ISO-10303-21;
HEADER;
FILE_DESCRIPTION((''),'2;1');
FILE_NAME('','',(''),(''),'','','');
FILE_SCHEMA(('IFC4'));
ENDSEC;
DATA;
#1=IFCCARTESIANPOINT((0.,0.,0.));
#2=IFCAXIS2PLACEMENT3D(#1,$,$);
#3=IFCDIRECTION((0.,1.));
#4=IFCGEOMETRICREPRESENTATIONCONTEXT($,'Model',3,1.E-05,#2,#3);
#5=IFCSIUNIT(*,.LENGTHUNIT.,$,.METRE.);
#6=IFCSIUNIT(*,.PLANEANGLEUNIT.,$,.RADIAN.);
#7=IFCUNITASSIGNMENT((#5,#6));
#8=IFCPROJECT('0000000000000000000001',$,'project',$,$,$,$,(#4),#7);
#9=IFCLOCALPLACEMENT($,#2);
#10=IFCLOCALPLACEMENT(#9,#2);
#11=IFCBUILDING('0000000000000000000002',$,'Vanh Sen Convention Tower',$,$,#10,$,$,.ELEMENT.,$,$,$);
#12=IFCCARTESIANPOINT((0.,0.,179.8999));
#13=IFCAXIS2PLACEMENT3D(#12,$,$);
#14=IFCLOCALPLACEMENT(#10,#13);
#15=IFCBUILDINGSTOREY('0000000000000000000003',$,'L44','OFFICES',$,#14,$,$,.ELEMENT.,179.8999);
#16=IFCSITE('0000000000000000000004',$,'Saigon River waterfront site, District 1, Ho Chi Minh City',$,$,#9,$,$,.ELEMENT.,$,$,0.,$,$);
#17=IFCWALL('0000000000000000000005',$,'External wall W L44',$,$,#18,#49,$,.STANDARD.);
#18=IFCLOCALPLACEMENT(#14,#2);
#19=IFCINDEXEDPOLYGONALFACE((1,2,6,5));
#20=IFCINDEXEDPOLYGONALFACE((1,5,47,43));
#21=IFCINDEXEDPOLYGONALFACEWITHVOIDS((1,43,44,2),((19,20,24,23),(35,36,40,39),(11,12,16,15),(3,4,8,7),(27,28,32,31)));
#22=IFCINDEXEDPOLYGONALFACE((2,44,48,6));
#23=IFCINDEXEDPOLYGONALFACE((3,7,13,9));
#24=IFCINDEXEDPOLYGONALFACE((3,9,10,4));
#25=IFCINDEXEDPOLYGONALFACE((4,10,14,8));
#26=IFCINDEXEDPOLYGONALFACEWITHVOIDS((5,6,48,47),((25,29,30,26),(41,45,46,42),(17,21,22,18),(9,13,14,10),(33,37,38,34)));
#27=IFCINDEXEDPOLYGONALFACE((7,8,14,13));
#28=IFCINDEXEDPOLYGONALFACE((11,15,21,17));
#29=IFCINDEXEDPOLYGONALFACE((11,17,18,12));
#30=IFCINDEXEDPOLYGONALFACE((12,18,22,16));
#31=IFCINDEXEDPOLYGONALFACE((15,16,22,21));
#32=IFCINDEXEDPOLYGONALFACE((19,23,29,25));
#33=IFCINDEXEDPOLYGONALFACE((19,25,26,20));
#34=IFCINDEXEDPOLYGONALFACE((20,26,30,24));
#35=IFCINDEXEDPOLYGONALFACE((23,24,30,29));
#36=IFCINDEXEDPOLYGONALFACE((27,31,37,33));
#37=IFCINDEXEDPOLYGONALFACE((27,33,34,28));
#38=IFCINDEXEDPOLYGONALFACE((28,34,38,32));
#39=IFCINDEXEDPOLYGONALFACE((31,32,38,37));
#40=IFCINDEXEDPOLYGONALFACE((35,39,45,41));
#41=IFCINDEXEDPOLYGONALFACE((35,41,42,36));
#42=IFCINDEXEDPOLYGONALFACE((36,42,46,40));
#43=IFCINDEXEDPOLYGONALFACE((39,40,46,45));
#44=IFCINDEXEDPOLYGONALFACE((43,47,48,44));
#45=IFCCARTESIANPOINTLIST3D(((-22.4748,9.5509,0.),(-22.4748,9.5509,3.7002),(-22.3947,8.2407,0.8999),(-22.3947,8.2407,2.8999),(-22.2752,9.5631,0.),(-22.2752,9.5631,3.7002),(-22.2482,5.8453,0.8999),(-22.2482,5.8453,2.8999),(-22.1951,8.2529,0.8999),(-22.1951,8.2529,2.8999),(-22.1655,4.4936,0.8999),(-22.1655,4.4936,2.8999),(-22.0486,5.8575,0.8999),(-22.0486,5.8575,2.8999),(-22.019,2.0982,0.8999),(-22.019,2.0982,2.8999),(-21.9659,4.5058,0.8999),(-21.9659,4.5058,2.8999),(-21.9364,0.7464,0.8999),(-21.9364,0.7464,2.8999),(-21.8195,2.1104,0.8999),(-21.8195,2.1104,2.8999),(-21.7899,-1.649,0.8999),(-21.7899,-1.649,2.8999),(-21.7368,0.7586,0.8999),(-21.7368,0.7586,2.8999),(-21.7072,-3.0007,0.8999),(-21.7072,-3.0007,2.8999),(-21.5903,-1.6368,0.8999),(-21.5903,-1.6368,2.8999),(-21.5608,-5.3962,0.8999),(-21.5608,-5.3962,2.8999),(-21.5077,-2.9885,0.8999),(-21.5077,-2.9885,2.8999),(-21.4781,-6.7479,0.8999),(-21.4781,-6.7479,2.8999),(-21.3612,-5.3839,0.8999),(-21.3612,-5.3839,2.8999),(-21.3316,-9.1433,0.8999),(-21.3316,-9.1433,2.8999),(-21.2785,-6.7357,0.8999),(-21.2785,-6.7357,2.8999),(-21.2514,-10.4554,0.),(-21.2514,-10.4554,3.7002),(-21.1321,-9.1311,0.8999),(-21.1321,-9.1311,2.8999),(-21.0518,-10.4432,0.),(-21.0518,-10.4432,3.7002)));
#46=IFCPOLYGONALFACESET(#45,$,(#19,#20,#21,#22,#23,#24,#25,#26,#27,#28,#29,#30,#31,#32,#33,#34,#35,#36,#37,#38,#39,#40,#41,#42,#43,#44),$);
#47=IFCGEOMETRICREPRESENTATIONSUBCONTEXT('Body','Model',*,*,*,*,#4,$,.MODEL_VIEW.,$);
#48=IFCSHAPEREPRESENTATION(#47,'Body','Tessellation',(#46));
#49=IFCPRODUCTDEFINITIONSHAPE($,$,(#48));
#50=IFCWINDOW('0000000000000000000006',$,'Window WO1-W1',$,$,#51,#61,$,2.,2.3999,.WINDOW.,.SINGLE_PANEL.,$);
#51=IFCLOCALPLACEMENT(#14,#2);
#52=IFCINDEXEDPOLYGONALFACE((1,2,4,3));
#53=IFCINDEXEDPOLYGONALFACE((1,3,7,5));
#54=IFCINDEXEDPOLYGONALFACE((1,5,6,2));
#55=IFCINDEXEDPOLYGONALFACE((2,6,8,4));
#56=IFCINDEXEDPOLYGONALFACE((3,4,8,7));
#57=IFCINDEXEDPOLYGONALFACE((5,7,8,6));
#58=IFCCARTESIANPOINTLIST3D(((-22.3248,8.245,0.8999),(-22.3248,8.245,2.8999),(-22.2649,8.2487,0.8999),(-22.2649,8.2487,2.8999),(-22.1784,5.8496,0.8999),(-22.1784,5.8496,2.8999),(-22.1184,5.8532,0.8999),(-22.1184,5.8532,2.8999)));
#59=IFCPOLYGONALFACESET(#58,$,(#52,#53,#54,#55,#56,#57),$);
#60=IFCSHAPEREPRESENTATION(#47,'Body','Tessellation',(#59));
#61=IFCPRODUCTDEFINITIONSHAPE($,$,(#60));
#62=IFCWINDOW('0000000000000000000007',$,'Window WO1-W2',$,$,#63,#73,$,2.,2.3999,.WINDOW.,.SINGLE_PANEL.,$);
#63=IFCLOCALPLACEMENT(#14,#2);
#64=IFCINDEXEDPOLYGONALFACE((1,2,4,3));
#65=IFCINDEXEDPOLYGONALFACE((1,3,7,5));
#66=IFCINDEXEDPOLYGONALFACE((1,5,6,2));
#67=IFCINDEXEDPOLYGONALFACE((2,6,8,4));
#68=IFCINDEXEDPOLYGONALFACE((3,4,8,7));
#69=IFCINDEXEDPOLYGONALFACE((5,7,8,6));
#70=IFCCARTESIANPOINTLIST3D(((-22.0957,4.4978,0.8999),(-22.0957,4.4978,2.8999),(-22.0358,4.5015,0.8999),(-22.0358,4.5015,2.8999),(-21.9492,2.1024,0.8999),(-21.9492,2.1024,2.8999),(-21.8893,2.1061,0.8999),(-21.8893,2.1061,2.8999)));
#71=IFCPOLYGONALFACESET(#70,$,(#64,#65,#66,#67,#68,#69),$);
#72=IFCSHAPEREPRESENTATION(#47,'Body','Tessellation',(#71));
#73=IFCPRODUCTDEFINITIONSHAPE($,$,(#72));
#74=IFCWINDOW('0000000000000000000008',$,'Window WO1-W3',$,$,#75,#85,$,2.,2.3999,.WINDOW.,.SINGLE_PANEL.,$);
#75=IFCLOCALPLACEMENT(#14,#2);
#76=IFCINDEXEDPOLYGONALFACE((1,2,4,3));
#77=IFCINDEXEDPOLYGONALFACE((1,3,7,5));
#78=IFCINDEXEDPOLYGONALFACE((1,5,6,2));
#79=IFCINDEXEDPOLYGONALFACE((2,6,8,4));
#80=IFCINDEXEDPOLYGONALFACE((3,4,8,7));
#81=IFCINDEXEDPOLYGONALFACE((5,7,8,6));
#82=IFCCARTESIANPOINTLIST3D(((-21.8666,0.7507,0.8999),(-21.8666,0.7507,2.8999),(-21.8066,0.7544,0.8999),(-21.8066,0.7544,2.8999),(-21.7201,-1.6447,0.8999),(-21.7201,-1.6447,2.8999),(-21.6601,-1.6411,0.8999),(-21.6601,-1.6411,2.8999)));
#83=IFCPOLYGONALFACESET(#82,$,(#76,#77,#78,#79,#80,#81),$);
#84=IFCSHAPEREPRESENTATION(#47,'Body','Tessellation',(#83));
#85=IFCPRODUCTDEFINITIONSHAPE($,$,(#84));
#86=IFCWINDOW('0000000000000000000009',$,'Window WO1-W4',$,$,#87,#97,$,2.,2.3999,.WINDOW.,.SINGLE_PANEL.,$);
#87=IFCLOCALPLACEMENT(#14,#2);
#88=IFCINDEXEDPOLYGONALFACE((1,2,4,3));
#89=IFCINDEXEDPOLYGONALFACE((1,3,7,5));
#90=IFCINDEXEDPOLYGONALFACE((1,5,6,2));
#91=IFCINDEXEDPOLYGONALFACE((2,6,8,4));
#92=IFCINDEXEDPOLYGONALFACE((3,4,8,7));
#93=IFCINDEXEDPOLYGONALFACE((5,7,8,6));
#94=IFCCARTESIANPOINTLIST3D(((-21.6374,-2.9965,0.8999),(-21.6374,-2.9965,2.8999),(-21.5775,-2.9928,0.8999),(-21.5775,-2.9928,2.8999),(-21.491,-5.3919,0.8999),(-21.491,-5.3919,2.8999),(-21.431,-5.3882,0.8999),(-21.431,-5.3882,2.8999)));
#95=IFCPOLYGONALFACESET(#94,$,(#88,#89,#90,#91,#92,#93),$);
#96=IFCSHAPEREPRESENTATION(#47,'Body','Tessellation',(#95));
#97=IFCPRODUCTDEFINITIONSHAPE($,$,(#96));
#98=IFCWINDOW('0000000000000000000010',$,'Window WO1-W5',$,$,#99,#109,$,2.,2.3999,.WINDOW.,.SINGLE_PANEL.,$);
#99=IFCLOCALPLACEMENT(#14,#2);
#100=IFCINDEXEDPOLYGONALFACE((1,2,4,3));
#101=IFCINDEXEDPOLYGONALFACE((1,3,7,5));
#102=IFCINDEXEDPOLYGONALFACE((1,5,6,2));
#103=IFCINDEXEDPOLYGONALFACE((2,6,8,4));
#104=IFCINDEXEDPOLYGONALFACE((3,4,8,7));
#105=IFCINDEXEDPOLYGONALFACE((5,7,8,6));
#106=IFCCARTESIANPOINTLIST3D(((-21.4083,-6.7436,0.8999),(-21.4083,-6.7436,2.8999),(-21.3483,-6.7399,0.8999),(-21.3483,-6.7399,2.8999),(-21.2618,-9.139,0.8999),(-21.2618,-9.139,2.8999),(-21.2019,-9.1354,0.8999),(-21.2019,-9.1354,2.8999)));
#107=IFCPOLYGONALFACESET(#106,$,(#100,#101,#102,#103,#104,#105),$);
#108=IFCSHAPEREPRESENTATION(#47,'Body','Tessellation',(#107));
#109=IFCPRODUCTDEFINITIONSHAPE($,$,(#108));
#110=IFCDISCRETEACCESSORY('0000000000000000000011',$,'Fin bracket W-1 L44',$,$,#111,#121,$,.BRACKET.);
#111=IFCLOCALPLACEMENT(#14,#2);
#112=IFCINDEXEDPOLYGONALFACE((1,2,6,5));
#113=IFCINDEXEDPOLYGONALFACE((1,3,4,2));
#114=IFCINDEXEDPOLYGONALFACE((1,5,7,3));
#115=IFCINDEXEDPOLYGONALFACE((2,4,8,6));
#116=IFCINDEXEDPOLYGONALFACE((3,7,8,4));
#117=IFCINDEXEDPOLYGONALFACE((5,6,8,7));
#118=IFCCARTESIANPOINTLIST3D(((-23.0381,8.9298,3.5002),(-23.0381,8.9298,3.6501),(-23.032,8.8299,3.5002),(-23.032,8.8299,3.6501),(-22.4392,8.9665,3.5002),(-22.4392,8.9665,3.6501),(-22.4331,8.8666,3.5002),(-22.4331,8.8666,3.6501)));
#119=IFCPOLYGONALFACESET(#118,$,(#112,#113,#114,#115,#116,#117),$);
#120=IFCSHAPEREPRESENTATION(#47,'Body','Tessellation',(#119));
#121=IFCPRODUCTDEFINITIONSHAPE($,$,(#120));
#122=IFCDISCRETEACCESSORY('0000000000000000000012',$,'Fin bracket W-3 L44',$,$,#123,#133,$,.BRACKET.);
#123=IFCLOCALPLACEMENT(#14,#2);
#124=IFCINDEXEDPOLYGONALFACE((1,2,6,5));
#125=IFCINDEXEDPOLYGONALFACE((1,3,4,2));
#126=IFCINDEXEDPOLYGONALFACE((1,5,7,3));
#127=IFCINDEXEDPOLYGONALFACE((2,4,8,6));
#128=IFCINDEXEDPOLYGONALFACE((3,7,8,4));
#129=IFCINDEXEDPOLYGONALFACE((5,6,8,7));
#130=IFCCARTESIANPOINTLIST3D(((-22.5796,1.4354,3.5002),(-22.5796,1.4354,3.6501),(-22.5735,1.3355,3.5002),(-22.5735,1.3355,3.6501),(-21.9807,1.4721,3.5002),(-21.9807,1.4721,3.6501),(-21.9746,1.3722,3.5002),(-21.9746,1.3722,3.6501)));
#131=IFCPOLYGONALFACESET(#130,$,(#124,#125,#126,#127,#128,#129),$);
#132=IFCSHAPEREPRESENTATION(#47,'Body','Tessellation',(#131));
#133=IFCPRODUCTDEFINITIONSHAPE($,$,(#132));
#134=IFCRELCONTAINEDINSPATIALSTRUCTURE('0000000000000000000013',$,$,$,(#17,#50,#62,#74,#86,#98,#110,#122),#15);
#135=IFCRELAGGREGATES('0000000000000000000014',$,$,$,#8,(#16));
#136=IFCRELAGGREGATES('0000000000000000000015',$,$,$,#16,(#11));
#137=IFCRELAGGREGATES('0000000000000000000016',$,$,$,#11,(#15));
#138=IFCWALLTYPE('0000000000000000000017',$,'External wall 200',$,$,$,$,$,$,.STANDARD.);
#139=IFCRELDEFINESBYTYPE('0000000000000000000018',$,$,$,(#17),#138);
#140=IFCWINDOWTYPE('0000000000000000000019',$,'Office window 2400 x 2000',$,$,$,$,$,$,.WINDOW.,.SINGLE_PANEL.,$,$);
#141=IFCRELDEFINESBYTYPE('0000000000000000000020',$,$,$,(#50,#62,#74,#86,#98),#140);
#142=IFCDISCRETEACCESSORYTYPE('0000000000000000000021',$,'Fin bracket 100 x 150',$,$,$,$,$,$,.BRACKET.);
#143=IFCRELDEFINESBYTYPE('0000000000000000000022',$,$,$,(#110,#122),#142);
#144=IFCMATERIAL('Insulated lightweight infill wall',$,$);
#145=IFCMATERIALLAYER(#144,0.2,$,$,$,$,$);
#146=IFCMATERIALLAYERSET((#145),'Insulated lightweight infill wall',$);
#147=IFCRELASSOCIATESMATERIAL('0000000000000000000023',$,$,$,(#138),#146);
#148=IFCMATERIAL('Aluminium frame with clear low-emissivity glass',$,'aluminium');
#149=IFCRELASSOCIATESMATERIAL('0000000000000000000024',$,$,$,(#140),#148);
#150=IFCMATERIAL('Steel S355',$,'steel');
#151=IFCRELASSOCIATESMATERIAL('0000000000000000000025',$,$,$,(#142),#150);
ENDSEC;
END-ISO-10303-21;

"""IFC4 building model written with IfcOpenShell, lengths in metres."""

from ifc_helpers import new_model, si_unit, direction, frame, frame_2d, origin, origin_2d, place, context, subcontext, project, spatial, rectangle, extrude, material, layer, layer_set, type_object, element, fill, save


model = new_model("IFC4")

# Units and contexts
model_context = context("Model", 3, precision=1e-05, world=origin(), true_north=direction((0.0, 1.0)))
body_context = subcontext(model_context, "Body", "Model", "MODEL_VIEW")
ifc_project = project(units=[si_unit("LENGTHUNIT", "METRE"), si_unit("PLANEANGLEUNIT", "RADIAN")], contexts=[model_context])

# Site, building, storey
site_placement = place(None, origin())
site = spatial("IfcSite", under=ifc_project, at=site_placement, Name="Saigon River waterfront site, District 1, Ho Chi Minh City", CompositionType="ELEMENT", RefElevation=0.0)
building_placement = place(site_placement, origin())
building = spatial("IfcBuilding", under=site, at=building_placement, Name="Vanh Sen Convention Tower", CompositionType="ELEMENT")
storey_placement = place(building_placement, frame((0.0, 0.0, 179.8999)))
storey = spatial("IfcBuildingStorey", under=building, at=storey_placement, Name="L44", Description="OFFICES", CompositionType="ELEMENT", Elevation=179.8999)

# Wall, openings, windows
ifc_material_1 = material(Name="Insulated lightweight infill wall")
ifc_layer_1 = layer(ifc_material_1, 0.2)
ifc_layer_set_1 = layer_set([ifc_layer_1], Name="Insulated lightweight infill wall")
wall_type_1 = type_object("IfcWallType", Name="External wall 200", PredefinedType="STANDARD", material=ifc_layer_set_1)
wall_1_placement = place(storey_placement, frame((-22.375, 9.5571, 0.0), z_axis=(0.0, 0.0, 1.0), x_axis=(0.061036, -0.998136, 0.0)))
wall_1 = element("IfcWall", 1, at=wall_1_placement, inside=storey, type_object=wall_type_1, Name="External wall W L44", PredefinedType="STANDARD", context=body_context, shape_type="SweptSolid", body=[
    extrude(rectangle(XDim=20.0437, YDim=0.2, at=frame_2d((10.022, 0.0))), origin(), (0.0, 0.0, 1.0), 3.7002),
])
opening_1_placement = place(wall_1_placement, frame((1.3127, 0.0, 0.8999)))
opening_1 = element("IfcOpeningElement", 2, at=opening_1_placement, cuts=wall_1, PredefinedType="OPENING", context=body_context, shape_type="SweptSolid", body=[
    extrude(rectangle(XDim=2.3999, YDim=2.0, at=frame_2d((1.2, 1.0))), frame((0.0, 0.1099, 0.0), z_axis=(0.0, -1.0, 0.0), x_axis=(1.0, 0.0, 0.0)), (0.0, 0.0, 1.0), 0.22),
])
opening_2_placement = place(wall_1_placement, frame((5.0669, 0.0, 0.8999)))
opening_2 = element("IfcOpeningElement", 3, at=opening_2_placement, cuts=wall_1, PredefinedType="OPENING", context=body_context, shape_type="SweptSolid", body=[
    extrude(rectangle(XDim=2.3999, YDim=2.0, at=frame_2d((1.2, 1.0))), frame((0.0, 0.1099, 0.0), z_axis=(0.0, -1.0, 0.0), x_axis=(1.0, 0.0, 0.0)), (0.0, 0.0, 1.0), 0.22),
])
opening_3_placement = place(wall_1_placement, frame((8.821, 0.0, 0.8999)))
opening_3 = element("IfcOpeningElement", 4, at=opening_3_placement, cuts=wall_1, PredefinedType="OPENING", context=body_context, shape_type="SweptSolid", body=[
    extrude(rectangle(XDim=2.3999, YDim=2.0, at=frame_2d((1.2, 1.0))), frame((0.0, 0.1099, 0.0), z_axis=(0.0, -1.0, 0.0), x_axis=(1.0, 0.0, 0.0)), (0.0, 0.0, 1.0), 0.22),
])
opening_4_placement = place(wall_1_placement, frame((12.5752, 0.0, 0.8999)))
opening_4 = element("IfcOpeningElement", 5, at=opening_4_placement, cuts=wall_1, PredefinedType="OPENING", context=body_context, shape_type="SweptSolid", body=[
    extrude(rectangle(XDim=2.3999, YDim=2.0, at=frame_2d((1.2, 1.0))), frame((0.0, 0.1099, 0.0), z_axis=(0.0, -1.0, 0.0), x_axis=(1.0, 0.0, 0.0)), (0.0, 0.0, 1.0), 0.22),
])
opening_5_placement = place(wall_1_placement, frame((16.3293, 0.0, 0.8999)))
opening_5 = element("IfcOpeningElement", 6, at=opening_5_placement, cuts=wall_1, PredefinedType="OPENING", context=body_context, shape_type="SweptSolid", body=[
    extrude(rectangle(XDim=2.3999, YDim=2.0, at=frame_2d((1.2, 1.0))), frame((0.0, 0.1099, 0.0), z_axis=(0.0, -1.0, 0.0), x_axis=(1.0, 0.0, 0.0)), (0.0, 0.0, 1.0), 0.22),
])
ifc_material_2 = material(Name="Aluminium frame with clear low-emissivity glass", Category="aluminium")
window_type = type_object("IfcWindowType", Name="Office window 2400 x 2000", PartitioningType="SINGLE_PANEL", PredefinedType="WINDOW", material=ifc_material_2)
window_1_placement = place(opening_1_placement, origin())
window_1 = element("IfcWindow", 7, at=window_1_placement, inside=storey, type_object=window_type, Name="Window WO1-W1", OverallHeight=2.0, OverallWidth=2.3999, PartitioningType="SINGLE_PANEL", PredefinedType="WINDOW", context=body_context, shape_type="SweptSolid", body=[
    extrude(rectangle(XDim=2.3999, YDim=2.0, at=frame_2d((1.2, 1.0))), frame((0.0, 0.03, 0.0), z_axis=(0.0, -1.0, 0.0), x_axis=(1.0, 0.0, 0.0)), (0.0, 0.0, 1.0), 0.0601),
])
fill(opening_1, window_1)
window_2_placement = place(opening_2_placement, origin())
window_2 = element("IfcWindow", 8, at=window_2_placement, inside=storey, type_object=window_type, Name="Window WO1-W2", OverallHeight=2.0, OverallWidth=2.3999, PartitioningType="SINGLE_PANEL", PredefinedType="WINDOW", context=body_context, shape_type="SweptSolid", body=[
    extrude(rectangle(XDim=2.3999, YDim=2.0, at=frame_2d((1.2, 1.0))), frame((0.0, 0.03, 0.0), z_axis=(0.0, -1.0, 0.0), x_axis=(1.0, 0.0, 0.0)), (0.0, 0.0, 1.0), 0.0601),
])
fill(opening_2, window_2)
window_3_placement = place(opening_3_placement, origin())
window_3 = element("IfcWindow", 9, at=window_3_placement, inside=storey, type_object=window_type, Name="Window WO1-W3", OverallHeight=2.0, OverallWidth=2.3999, PartitioningType="SINGLE_PANEL", PredefinedType="WINDOW", context=body_context, shape_type="SweptSolid", body=[
    extrude(rectangle(XDim=2.3999, YDim=2.0, at=frame_2d((1.2, 1.0))), frame((0.0, 0.03, 0.0), z_axis=(0.0, -1.0, 0.0), x_axis=(1.0, 0.0, 0.0)), (0.0, 0.0, 1.0), 0.0601),
])
fill(opening_3, window_3)
window_4_placement = place(opening_4_placement, origin())
window_4 = element("IfcWindow", 10, at=window_4_placement, inside=storey, type_object=window_type, Name="Window WO1-W4", OverallHeight=2.0, OverallWidth=2.3999, PartitioningType="SINGLE_PANEL", PredefinedType="WINDOW", context=body_context, shape_type="SweptSolid", body=[
    extrude(rectangle(XDim=2.3999, YDim=2.0, at=frame_2d((1.2, 1.0))), frame((0.0, 0.03, 0.0), z_axis=(0.0, -1.0, 0.0), x_axis=(1.0, 0.0, 0.0)), (0.0, 0.0, 1.0), 0.0601),
])
fill(opening_4, window_4)
window_5_placement = place(opening_5_placement, origin())
window_5 = element("IfcWindow", 11, at=window_5_placement, inside=storey, type_object=window_type, Name="Window WO1-W5", OverallHeight=2.0, OverallWidth=2.3999, PartitioningType="SINGLE_PANEL", PredefinedType="WINDOW", context=body_context, shape_type="SweptSolid", body=[
    extrude(rectangle(XDim=2.3999, YDim=2.0, at=frame_2d((1.2, 1.0))), frame((0.0, 0.03, 0.0), z_axis=(0.0, -1.0, 0.0), x_axis=(1.0, 0.0, 0.0)), (0.0, 0.0, 1.0), 0.0601),
])
fill(opening_5, window_5)

# Discrete accessories
ifc_material_3 = material(Name="Steel S355", Category="steel")
discrete_accessory_type = type_object("IfcDiscreteAccessoryType", Name="Fin bracket 100 x 150", PredefinedType="BRACKET", material=ifc_material_3)
for number, where, z_axis, x_axis, name in (
    (12, (-22.7356, 8.8982, 3.5002), (0.0, 0.0, 1.0), (-0.998135, -0.061049, 0.0), "Fin bracket W-1 L44"),
    (13, (-22.2771, 1.4038, 3.5002), (0.0, 0.0, 1.0), (-0.998135, -0.061049, 0.0), "Fin bracket W-3 L44"),
):
    element("IfcDiscreteAccessory", number, at=place(storey_placement, frame(where, z_axis=z_axis, x_axis=x_axis)), inside=storey, type_object=discrete_accessory_type, Name=name, PredefinedType="BRACKET", context=body_context, shape_type="SweptSolid", body=[
        extrude(rectangle(XDim=0.6001, YDim=0.1001, at=origin_2d()), origin(), (0.0, 0.0, 1.0), 0.1499),
    ])

save(model, "model.ifc")
